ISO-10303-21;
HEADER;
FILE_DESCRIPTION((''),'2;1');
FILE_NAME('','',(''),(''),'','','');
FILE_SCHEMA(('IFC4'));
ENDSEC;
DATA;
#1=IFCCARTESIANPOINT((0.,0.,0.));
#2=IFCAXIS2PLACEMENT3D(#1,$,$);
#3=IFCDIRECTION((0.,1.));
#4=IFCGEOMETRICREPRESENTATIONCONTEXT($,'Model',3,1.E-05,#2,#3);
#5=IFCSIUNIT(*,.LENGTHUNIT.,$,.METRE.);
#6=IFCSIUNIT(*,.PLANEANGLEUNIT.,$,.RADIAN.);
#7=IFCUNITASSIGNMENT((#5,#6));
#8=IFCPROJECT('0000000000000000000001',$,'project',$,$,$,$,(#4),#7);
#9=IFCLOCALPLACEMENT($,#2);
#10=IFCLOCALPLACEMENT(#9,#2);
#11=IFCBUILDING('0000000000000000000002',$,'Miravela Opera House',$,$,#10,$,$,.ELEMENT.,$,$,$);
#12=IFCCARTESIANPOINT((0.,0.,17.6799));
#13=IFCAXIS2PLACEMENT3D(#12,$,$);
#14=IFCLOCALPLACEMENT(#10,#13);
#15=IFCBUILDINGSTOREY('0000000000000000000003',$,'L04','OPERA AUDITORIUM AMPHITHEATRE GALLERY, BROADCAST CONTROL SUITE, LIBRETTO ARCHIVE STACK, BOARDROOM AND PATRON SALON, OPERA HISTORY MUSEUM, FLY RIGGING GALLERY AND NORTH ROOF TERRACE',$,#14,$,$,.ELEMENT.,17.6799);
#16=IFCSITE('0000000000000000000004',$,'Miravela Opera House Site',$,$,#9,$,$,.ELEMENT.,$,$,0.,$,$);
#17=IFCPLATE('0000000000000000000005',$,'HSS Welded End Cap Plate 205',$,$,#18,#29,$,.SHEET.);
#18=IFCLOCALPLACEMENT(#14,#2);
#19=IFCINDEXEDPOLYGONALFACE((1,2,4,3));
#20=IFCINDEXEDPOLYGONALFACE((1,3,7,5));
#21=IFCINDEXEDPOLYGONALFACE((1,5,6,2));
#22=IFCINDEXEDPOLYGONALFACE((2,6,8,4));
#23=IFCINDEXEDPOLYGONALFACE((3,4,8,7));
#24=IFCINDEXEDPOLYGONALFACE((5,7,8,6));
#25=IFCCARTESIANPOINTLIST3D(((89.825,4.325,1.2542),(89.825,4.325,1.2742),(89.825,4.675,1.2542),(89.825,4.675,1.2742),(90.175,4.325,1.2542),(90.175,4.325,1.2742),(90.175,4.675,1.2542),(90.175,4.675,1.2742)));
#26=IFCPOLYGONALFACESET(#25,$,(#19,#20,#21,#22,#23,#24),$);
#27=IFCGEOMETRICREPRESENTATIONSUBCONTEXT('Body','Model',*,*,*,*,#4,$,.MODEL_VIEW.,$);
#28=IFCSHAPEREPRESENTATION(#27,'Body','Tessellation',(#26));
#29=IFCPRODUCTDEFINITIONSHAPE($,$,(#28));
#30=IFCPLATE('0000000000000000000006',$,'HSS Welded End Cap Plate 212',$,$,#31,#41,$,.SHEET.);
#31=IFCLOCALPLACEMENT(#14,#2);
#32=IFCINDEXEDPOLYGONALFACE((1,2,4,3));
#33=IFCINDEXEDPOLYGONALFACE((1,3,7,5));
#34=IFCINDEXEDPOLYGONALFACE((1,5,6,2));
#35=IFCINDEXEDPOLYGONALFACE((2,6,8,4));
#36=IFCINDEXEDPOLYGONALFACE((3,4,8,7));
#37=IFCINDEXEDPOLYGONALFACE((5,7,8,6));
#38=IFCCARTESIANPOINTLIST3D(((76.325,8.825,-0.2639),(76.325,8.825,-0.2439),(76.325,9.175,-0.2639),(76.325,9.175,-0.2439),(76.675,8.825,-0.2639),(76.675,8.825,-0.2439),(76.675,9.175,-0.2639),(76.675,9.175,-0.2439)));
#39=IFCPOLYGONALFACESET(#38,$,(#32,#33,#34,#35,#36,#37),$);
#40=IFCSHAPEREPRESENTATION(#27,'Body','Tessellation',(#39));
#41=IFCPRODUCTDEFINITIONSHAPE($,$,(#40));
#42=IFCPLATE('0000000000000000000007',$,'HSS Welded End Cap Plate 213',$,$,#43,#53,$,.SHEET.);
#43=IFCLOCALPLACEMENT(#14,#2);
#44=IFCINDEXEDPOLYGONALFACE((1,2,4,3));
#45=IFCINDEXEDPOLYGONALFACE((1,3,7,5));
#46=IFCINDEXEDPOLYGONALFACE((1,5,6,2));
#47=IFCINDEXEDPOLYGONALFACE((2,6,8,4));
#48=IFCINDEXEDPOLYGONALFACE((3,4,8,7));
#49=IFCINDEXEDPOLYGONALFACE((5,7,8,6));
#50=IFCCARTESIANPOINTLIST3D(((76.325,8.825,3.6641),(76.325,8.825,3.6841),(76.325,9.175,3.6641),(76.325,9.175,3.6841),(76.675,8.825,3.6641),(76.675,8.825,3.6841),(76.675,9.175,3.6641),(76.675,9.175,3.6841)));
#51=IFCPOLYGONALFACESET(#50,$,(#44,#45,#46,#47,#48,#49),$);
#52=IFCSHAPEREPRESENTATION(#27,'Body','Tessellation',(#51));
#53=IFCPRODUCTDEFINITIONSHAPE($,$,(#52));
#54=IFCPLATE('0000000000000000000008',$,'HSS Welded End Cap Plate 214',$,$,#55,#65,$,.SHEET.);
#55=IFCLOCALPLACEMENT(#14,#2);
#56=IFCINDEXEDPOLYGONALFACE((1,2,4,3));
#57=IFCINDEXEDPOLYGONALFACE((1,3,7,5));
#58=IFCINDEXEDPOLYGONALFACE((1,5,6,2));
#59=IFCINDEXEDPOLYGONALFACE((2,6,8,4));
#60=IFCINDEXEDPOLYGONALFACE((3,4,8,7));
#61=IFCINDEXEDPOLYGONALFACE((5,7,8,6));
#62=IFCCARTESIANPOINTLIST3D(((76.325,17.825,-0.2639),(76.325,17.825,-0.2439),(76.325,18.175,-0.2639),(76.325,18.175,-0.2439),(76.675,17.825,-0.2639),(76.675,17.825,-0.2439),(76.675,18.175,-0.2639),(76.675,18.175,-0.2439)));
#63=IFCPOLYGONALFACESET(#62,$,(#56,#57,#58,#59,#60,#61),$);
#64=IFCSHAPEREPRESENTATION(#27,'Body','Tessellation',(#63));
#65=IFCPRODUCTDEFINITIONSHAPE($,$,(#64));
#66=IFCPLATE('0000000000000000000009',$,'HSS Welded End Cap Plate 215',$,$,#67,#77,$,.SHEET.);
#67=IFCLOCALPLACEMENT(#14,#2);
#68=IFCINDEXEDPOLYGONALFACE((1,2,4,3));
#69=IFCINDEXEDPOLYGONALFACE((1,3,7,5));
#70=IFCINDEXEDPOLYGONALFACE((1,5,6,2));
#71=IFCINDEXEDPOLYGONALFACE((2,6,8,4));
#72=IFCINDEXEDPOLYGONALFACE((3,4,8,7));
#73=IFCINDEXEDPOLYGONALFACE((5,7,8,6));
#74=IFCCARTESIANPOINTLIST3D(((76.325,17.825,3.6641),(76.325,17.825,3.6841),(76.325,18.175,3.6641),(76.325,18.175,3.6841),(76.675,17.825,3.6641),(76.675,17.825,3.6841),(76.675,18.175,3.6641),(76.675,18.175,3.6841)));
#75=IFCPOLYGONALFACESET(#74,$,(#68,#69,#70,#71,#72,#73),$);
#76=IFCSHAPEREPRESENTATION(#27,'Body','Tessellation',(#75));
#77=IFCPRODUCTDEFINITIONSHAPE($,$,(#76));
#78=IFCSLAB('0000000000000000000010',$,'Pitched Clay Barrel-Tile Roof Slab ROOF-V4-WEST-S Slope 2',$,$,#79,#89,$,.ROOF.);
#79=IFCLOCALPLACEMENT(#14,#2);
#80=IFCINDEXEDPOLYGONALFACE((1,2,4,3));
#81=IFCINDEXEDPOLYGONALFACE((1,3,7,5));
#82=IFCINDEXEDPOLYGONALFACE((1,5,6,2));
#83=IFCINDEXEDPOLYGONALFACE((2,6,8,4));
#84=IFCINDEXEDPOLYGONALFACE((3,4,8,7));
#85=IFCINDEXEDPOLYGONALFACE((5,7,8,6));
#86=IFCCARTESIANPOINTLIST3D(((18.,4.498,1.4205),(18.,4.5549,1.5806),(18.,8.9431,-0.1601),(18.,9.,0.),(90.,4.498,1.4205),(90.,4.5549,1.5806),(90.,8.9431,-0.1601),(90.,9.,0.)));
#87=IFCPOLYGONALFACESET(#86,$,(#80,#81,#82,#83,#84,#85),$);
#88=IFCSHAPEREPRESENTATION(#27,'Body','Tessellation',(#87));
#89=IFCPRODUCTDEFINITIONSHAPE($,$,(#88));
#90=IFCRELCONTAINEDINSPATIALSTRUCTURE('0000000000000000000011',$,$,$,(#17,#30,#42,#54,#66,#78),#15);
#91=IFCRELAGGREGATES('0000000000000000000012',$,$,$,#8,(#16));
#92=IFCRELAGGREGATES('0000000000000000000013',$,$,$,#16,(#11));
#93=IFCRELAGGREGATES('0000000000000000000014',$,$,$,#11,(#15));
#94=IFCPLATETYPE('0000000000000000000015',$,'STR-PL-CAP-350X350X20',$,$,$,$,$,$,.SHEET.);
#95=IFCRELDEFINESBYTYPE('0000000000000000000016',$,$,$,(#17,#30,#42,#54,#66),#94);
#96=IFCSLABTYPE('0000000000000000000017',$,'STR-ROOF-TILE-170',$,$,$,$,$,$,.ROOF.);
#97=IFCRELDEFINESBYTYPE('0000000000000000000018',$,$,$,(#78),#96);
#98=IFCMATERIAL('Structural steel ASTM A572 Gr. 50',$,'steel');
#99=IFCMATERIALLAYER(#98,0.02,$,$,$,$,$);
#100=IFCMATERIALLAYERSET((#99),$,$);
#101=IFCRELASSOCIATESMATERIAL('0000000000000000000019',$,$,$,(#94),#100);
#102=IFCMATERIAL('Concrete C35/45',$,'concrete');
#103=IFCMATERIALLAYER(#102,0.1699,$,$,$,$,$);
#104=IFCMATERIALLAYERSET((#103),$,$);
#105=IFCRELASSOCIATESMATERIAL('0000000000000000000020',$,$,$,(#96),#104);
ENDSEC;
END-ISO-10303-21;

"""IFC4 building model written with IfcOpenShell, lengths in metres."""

from ifc_helpers import new_model, si_unit, direction, frame, origin, origin_2d, place, context, subcontext, project, spatial, polyline, rectangle, outline, extrude, material, layer, layer_set, type_object, element, save


model = new_model("IFC4")

# Units and contexts
model_context = context("Model", 3, precision=1e-05, world=origin(), true_north=direction((0.0, 1.0)))
body_context = subcontext(model_context, "Body", "Model", "MODEL_VIEW")
ifc_project = project(units=[si_unit("LENGTHUNIT", "METRE"), si_unit("PLANEANGLEUNIT", "RADIAN")], contexts=[model_context])

# Site, building, storey
site_placement = place(None, origin())
site = spatial("IfcSite", under=ifc_project, at=site_placement, Name="Miravela Opera House Site", CompositionType="ELEMENT", RefElevation=0.0)
building_placement = place(site_placement, origin())
building = spatial("IfcBuilding", under=site, at=building_placement, Name="Miravela Opera House", CompositionType="ELEMENT")
storey_placement = place(building_placement, frame((0.0, 0.0, 17.6799)))
storey = spatial("IfcBuildingStorey", under=building, at=storey_placement, Name="L04", Description="OPERA AUDITORIUM AMPHITHEATRE GALLERY, BROADCAST CONTROL SUITE, LIBRETTO ARCHIVE STACK, BOARDROOM AND PATRON SALON, OPERA HISTORY MUSEUM, FLY RIGGING GALLERY AND NORTH ROOF TERRACE", CompositionType="ELEMENT", Elevation=17.6799)

# Plates
ifc_material_1 = material(Name="Structural steel ASTM A572 Gr. 50", Category="steel")
ifc_layer_1 = layer(ifc_material_1, 0.02)
ifc_layer_set_1 = layer_set([ifc_layer_1])
plate_type = type_object("IfcPlateType", Name="STR-PL-CAP-350X350X20", PredefinedType="SHEET", material=ifc_layer_set_1)
for number, where, z_axis, x_axis, name in (
    (1, (90.0, 4.5, 1.2542), (0.0, 0.0, 1.0), (1.0, 0.0, 0.0), "HSS Welded End Cap Plate 205"),
    (2, (76.5, 9.0, -0.2639), (0.0, 0.0, 1.0), (1.0, 0.0, 0.0), "HSS Welded End Cap Plate 212"),
    (3, (76.5, 9.0, 3.6641), (0.0, 0.0, 1.0), (1.0, 0.0, 0.0), "HSS Welded End Cap Plate 213"),
    (4, (76.5, 18.0, -0.2639), (0.0, 0.0, 1.0), (1.0, 0.0, 0.0), "HSS Welded End Cap Plate 214"),
    (5, (76.5, 18.0, 3.6641), (0.0, 0.0, 1.0), (1.0, 0.0, 0.0), "HSS Welded End Cap Plate 215"),
):
    element("IfcPlate", number, at=place(storey_placement, frame(where, z_axis=z_axis, x_axis=x_axis)), inside=storey, type_object=plate_type, Name=name, PredefinedType="SHEET", context=body_context, shape_type="SweptSolid", body=[
        extrude(rectangle(XDim=0.3501, YDim=0.3501, at=origin_2d()), origin(), (0.0, 0.0, 1.0), 0.02),
    ])

# Slab
ifc_material_2 = material(Name="Concrete C35/45", Category="concrete")
ifc_layer_2 = layer(ifc_material_2, 0.1699)
ifc_layer_set_2 = layer_set([ifc_layer_2])
slab_type = type_object("IfcSlabType", Name="STR-ROOF-TILE-170", PredefinedType="ROOF", material=ifc_layer_set_2)
slab_placement = place(storey_placement, frame((90.0, 9.0, 0.0), z_axis=(0.0, 0.335028, 0.942208), x_axis=(-1.0, 0.0, 0.0)))
element("IfcSlab", 6, at=slab_placement, inside=storey, type_object=slab_type, Name="Pitched Clay Barrel-Tile Roof Slab ROOF-V4-WEST-S Slope 2", PredefinedType="ROOF", context=body_context, shape_type="SweptSolid", body=[
    extrude(outline(polyline([(0.0, 0.0), (72.0, 0.0), (72.0, 4.7177), (0.0, 4.7177), (0.0, 0.0)])), origin(), (0.0, 0.0, -1.0), 0.1699),
])

save(model, "model.ifc")
